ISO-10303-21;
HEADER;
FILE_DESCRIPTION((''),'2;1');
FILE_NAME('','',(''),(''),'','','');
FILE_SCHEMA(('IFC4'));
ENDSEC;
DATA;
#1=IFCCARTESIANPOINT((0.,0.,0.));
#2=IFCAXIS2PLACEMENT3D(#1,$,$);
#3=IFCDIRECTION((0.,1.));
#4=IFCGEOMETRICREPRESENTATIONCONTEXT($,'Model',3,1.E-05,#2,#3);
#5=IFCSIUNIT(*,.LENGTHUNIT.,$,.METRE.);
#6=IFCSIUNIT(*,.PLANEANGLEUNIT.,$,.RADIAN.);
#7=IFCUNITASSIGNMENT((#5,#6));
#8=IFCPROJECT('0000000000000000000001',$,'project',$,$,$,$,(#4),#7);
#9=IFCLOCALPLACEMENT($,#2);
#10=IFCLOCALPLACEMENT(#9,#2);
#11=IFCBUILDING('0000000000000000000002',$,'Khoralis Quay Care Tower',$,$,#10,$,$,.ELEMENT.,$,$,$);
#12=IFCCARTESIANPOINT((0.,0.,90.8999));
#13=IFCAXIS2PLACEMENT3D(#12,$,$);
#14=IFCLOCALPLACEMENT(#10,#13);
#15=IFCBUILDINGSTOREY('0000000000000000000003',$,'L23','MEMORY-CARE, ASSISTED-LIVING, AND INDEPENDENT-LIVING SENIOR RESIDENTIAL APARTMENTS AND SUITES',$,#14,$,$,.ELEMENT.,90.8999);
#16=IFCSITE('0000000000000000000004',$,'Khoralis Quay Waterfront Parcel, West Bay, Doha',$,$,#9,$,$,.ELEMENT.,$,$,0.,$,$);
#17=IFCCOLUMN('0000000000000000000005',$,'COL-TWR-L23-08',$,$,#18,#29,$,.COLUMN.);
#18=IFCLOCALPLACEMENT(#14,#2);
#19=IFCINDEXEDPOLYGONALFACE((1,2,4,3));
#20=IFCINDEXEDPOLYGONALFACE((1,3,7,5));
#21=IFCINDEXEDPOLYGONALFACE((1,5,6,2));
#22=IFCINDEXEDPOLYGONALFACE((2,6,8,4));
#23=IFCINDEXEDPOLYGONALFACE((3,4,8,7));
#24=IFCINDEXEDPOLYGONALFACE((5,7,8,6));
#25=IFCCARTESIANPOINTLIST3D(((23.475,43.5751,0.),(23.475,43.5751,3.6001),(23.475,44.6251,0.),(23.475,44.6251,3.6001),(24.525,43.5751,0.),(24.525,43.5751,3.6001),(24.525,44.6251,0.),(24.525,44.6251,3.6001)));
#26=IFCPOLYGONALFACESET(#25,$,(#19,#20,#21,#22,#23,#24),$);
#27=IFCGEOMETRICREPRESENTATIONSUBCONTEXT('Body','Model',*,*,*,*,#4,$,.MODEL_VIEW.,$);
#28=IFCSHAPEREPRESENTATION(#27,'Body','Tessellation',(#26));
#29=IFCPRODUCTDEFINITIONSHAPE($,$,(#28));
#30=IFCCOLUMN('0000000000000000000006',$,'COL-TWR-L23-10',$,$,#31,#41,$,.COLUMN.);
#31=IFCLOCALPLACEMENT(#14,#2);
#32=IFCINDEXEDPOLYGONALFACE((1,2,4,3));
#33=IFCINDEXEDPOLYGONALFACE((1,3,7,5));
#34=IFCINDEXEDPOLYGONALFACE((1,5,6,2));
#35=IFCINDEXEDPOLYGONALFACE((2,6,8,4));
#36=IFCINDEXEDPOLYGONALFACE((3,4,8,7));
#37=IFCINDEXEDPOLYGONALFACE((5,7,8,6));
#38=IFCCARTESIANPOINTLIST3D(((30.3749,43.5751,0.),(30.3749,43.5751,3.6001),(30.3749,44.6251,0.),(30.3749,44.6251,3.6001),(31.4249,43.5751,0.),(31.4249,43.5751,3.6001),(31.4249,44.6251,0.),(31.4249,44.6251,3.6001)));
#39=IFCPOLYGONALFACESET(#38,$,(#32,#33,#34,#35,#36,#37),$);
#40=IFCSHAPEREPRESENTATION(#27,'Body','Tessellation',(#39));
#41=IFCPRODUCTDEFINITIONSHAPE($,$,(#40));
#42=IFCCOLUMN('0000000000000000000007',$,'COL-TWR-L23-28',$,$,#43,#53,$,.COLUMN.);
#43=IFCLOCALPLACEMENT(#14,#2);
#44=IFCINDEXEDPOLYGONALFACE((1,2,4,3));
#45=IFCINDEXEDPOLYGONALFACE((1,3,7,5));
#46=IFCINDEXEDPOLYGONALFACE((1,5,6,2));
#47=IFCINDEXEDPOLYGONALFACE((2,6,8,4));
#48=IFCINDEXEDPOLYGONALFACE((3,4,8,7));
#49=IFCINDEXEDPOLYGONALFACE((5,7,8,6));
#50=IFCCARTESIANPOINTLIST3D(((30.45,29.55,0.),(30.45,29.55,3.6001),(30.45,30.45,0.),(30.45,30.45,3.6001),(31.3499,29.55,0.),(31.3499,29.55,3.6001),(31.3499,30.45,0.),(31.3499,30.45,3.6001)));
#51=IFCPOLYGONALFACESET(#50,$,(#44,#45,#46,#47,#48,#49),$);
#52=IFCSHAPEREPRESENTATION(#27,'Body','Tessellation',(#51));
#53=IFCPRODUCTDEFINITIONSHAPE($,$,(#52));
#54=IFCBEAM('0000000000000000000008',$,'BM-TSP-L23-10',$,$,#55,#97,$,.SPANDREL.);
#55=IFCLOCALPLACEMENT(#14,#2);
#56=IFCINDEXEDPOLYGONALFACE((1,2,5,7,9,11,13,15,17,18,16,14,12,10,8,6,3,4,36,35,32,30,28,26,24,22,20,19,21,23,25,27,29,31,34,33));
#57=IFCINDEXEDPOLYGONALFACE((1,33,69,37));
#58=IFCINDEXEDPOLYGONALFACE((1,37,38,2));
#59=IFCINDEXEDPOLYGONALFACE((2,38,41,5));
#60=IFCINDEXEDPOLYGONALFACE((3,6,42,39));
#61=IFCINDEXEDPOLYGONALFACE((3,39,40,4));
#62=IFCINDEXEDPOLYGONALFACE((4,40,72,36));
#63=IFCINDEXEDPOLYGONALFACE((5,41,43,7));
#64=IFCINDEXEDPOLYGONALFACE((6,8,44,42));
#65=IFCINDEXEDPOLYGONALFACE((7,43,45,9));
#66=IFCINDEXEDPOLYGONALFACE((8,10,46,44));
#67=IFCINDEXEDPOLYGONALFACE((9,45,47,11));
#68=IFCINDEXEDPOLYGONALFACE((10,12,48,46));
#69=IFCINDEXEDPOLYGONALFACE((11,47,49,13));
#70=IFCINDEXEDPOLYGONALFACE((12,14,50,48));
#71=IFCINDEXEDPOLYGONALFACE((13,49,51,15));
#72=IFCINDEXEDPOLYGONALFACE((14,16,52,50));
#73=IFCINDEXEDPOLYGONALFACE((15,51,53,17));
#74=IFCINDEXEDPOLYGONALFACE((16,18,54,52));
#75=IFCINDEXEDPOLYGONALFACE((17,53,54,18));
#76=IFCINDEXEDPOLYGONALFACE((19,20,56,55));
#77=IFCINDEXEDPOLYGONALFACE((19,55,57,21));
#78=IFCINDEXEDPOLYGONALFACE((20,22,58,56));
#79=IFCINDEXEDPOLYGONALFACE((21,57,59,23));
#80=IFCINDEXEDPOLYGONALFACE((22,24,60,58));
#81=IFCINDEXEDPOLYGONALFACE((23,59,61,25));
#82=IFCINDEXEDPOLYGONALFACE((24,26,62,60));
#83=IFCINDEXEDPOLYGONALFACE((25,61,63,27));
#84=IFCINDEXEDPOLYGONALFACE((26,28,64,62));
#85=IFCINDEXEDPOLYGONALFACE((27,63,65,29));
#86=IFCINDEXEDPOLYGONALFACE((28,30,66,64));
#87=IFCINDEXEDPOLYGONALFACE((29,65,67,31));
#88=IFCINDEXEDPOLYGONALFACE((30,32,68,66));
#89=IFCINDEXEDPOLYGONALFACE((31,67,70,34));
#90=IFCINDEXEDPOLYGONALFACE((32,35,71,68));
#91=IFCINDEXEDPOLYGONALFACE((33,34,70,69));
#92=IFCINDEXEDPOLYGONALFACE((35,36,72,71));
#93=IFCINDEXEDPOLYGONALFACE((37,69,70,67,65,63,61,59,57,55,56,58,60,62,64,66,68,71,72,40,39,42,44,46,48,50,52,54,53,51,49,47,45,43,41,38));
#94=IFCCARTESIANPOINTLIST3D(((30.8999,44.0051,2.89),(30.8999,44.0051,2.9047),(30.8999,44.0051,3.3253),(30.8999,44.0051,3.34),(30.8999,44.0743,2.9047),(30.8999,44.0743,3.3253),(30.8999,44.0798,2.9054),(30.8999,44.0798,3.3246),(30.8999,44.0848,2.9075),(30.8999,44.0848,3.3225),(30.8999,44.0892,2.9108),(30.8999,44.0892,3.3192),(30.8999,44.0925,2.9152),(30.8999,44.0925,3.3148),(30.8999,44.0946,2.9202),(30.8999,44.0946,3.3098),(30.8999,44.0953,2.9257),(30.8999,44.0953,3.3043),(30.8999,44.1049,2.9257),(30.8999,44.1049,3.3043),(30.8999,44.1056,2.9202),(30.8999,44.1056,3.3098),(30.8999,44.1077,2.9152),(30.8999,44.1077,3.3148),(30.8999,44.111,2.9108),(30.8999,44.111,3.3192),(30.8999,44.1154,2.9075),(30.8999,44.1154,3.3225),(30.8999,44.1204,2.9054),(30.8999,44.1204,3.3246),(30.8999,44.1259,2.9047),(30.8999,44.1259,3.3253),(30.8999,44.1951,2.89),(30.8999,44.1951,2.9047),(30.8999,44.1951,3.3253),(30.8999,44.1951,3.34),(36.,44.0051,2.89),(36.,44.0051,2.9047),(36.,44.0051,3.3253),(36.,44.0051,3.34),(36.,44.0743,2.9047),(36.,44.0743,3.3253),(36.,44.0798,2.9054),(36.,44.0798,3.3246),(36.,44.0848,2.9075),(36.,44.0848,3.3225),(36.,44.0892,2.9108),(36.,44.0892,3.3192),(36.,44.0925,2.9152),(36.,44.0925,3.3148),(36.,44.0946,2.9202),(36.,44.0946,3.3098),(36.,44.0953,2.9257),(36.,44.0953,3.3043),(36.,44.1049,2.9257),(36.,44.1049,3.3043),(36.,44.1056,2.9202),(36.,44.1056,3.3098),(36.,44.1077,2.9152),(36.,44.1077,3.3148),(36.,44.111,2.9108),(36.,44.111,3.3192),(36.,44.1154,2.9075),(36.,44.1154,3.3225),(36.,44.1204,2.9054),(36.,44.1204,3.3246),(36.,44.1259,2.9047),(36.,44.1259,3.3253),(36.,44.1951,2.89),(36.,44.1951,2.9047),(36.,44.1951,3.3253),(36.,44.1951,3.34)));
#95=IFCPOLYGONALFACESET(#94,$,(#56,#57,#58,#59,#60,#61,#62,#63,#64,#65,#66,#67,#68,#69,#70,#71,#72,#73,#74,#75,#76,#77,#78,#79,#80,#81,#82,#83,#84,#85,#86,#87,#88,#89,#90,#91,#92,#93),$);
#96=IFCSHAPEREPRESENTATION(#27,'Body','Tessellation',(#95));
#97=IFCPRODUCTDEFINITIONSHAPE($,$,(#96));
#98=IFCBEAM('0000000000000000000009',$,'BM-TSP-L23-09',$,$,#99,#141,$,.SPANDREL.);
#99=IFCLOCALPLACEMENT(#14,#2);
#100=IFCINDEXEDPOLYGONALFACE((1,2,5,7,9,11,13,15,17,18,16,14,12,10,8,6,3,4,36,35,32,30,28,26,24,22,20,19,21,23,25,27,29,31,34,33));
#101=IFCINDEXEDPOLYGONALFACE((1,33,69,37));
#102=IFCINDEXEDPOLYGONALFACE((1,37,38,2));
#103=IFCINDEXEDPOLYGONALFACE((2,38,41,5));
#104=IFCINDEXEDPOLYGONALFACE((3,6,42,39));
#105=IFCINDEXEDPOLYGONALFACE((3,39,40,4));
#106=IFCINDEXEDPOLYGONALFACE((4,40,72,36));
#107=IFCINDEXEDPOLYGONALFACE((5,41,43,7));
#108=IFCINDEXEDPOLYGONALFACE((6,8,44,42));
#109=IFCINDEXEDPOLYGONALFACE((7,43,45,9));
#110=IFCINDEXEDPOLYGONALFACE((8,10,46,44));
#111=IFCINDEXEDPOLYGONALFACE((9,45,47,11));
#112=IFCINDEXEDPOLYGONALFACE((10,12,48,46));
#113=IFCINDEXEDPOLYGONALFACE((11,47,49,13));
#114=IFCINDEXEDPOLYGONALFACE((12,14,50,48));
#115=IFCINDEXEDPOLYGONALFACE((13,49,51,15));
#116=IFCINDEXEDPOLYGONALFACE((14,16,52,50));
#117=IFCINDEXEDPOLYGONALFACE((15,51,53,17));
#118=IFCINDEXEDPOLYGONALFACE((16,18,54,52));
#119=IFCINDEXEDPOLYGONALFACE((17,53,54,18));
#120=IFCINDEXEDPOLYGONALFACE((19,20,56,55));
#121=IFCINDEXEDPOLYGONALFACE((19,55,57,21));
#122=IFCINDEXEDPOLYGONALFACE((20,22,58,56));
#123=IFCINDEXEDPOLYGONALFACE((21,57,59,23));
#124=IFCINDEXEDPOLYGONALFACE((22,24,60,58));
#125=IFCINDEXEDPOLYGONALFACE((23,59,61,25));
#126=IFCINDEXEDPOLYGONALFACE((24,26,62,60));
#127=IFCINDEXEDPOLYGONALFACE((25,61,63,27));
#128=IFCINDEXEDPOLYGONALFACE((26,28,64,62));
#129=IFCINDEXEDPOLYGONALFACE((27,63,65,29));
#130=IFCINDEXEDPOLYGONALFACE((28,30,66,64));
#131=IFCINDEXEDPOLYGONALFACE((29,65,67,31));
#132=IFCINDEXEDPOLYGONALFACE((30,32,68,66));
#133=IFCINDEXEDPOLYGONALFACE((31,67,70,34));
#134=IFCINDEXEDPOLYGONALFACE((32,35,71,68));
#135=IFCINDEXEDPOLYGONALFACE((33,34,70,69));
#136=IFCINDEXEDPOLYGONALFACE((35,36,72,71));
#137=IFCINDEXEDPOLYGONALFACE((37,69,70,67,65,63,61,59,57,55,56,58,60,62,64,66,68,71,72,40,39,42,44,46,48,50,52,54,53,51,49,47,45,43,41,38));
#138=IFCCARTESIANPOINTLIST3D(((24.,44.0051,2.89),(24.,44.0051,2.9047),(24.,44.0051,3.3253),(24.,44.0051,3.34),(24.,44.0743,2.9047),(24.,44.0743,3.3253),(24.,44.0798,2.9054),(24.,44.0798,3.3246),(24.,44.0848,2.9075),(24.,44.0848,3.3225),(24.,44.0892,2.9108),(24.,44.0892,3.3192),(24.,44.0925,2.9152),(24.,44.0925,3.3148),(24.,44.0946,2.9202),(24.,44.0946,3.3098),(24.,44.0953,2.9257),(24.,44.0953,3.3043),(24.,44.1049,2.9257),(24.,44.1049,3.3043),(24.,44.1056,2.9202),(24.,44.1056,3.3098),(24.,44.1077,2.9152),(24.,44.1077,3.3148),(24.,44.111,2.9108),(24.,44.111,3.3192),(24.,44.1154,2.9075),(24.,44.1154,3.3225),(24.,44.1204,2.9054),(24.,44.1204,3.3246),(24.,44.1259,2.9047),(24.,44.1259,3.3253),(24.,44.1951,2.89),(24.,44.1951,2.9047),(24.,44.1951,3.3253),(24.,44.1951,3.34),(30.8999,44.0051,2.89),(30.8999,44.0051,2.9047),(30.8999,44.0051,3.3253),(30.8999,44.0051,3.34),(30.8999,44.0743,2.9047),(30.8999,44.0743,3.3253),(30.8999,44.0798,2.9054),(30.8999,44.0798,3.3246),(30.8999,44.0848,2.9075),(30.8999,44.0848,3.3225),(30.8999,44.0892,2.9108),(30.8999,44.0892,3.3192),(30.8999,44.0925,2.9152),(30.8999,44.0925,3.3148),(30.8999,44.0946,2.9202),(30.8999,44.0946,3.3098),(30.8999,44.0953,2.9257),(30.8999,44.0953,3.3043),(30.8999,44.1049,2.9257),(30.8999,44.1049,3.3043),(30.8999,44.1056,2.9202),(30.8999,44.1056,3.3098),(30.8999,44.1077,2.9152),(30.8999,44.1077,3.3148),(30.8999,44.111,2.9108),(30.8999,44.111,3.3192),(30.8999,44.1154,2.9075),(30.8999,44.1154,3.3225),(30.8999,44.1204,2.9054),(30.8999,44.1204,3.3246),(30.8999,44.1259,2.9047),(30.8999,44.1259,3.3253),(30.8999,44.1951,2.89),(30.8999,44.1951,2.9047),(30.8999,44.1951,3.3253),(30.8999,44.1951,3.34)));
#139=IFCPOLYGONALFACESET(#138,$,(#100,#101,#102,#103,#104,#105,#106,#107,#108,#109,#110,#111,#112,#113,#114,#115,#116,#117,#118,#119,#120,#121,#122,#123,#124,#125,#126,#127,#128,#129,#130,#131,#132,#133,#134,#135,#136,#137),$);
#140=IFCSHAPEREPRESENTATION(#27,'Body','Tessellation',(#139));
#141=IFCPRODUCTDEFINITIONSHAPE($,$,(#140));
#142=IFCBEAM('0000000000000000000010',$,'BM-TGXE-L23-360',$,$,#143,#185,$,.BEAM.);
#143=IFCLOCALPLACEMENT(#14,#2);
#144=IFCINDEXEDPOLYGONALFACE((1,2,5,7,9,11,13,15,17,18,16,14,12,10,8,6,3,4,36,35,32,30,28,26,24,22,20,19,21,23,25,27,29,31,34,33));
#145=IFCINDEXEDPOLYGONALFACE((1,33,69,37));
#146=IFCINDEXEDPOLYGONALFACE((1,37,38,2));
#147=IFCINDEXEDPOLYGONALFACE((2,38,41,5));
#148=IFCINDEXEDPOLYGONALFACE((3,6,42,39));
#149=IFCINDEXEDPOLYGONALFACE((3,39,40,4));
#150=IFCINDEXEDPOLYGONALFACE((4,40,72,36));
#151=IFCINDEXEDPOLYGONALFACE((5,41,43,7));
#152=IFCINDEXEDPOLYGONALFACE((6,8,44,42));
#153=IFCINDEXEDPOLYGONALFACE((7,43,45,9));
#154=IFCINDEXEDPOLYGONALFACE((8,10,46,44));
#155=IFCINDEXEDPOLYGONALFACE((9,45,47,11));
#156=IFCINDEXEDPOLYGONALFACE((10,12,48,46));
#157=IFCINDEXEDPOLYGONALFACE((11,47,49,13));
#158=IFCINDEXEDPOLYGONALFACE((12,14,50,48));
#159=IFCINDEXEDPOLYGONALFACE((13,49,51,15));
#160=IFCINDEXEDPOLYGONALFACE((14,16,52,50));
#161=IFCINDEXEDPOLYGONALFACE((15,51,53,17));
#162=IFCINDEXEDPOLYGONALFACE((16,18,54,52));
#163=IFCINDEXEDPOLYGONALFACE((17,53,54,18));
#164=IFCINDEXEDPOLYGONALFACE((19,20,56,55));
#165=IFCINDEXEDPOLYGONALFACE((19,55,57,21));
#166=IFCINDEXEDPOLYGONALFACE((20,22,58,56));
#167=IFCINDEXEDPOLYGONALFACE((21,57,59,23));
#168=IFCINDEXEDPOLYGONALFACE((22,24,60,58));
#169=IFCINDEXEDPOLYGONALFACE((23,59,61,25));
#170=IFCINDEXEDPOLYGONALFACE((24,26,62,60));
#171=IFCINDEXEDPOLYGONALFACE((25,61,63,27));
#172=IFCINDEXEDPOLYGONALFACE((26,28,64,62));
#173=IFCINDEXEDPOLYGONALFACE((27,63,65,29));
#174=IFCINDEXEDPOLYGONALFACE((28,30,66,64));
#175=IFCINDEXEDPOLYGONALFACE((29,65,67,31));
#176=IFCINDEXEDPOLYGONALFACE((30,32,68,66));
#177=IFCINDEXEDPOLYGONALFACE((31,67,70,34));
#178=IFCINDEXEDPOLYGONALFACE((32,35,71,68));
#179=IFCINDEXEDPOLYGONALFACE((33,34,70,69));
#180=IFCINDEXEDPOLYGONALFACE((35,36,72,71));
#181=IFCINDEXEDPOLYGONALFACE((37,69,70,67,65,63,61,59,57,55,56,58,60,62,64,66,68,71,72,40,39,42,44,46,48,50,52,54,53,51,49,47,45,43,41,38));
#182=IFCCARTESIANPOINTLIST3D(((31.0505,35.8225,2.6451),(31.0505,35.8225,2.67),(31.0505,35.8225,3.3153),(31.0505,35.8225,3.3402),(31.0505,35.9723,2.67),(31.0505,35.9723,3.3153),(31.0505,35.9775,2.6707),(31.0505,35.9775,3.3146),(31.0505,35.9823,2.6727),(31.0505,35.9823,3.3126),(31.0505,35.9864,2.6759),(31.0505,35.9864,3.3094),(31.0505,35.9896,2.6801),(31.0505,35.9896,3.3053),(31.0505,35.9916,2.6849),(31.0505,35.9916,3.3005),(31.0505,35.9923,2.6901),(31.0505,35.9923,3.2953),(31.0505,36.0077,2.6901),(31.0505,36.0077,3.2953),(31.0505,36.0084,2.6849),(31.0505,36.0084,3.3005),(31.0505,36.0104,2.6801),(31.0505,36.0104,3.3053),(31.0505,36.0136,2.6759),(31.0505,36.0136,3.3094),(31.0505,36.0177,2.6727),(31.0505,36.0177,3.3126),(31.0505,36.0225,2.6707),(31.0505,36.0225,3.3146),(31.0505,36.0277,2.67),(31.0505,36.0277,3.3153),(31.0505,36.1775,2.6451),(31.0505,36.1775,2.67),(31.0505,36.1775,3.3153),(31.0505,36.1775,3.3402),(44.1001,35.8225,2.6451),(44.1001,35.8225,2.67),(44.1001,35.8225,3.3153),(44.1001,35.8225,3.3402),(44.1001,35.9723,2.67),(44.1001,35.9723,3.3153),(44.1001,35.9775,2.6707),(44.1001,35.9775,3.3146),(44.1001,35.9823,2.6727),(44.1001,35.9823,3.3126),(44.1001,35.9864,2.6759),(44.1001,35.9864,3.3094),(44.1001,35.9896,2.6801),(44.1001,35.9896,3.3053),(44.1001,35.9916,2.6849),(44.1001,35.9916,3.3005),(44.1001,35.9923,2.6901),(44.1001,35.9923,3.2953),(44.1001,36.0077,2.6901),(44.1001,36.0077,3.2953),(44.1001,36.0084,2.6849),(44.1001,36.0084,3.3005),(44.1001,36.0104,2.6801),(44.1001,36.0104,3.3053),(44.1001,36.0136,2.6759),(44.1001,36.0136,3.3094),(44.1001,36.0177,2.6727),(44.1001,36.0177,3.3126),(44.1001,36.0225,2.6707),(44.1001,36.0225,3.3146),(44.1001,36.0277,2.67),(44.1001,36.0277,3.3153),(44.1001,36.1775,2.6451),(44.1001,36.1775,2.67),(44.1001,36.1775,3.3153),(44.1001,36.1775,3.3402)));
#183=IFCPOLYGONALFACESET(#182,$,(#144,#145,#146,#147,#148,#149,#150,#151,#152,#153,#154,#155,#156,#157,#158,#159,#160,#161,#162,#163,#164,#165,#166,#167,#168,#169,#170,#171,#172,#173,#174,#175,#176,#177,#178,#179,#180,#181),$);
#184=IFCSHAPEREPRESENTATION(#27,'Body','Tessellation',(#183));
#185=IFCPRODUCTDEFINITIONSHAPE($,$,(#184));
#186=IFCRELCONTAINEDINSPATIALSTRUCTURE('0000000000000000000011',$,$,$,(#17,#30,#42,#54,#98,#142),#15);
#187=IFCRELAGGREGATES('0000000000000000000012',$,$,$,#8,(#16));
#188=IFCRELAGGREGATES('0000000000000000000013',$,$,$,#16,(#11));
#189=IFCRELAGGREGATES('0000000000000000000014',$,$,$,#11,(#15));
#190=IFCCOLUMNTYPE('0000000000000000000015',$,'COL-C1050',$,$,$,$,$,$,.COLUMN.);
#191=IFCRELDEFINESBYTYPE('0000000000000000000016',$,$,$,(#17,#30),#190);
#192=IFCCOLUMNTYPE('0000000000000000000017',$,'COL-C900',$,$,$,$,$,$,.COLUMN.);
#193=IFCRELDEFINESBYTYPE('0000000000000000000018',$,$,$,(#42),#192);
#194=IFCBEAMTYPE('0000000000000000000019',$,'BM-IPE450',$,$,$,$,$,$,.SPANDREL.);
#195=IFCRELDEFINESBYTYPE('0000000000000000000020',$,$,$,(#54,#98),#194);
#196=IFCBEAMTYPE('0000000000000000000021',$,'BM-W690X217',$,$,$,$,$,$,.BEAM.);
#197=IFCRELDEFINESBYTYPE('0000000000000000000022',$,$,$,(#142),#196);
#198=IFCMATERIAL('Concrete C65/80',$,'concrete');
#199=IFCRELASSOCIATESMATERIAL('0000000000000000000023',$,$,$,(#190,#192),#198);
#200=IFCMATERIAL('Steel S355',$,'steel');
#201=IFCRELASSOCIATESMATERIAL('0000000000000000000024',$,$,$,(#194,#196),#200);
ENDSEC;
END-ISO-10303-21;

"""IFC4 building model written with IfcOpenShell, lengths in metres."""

from ifc_helpers import new_model, si_unit, direction, frame, origin, origin_2d, place, context, subcontext, project, spatial, rectangle, i_section, extrude, source, transform, mapped, material, material_profile, profile_set, type_object, element, save


model = new_model("IFC4")

# Units and contexts
model_context = context("Model", 3, precision=1e-05, world=origin(), true_north=direction((0.0, 1.0)))
body_context = subcontext(model_context, "Body", "Model", "MODEL_VIEW")
ifc_project = project(units=[si_unit("LENGTHUNIT", "METRE"), si_unit("PLANEANGLEUNIT", "RADIAN")], contexts=[model_context])

# Site, building, storey
site_placement = place(None, origin())
site = spatial("IfcSite", under=ifc_project, at=site_placement, Name="Khoralis Quay Waterfront Parcel, West Bay, Doha", CompositionType="ELEMENT", RefElevation=0.0)
building_placement = place(site_placement, origin())
building = spatial("IfcBuilding", under=site, at=building_placement, Name="Khoralis Quay Care Tower", CompositionType="ELEMENT")
storey_placement = place(building_placement, frame((0.0, 0.0, 90.8999)))
storey = spatial("IfcBuildingStorey", under=building, at=storey_placement, Name="L23", Description="MEMORY-CARE, ASSISTED-LIVING, AND INDEPENDENT-LIVING SENIOR RESIDENTIAL APARTMENTS AND SUITES", CompositionType="ELEMENT", Elevation=90.8999)

# Columns
ifc_material_1 = material(Name="Concrete C65/80", Category="concrete")
ifc_material_profile_1 = material_profile(ifc_material_1, rectangle(XDim=1.05, YDim=1.05, at=origin_2d()), Name="Concrete C65/80")
ifc_profile_set_1 = profile_set([ifc_material_profile_1], Name="Concrete C65/80")
column_type_1 = type_object("IfcColumnType", Name="COL-C1050", PredefinedType="COLUMN", material=ifc_profile_set_1)
shared_shape_1 = source(origin(), body_context, "Body", "SweptSolid", [
    extrude(rectangle(XDim=1.05, YDim=1.05, at=origin_2d()), origin(), (0.0, 0.0, 1.0), 3.6001),
])
for number, where, z_axis, x_axis, name in (
    (1, (24.0, 44.1001, 0.0), (0.0, 0.0, 1.0), (1.0, 0.0, 0.0), "COL-TWR-L23-08"),
    (2, (30.8999, 44.1001, 0.0), (0.0, 0.0, 1.0), (1.0, 0.0, 0.0), "COL-TWR-L23-10"),
):
    element("IfcColumn", number, at=place(storey_placement, frame(where, z_axis=z_axis, x_axis=x_axis)), inside=storey, type_object=column_type_1, Name=name, PredefinedType="COLUMN", context=body_context, shape_type="MappedRepresentation", body=[
        mapped(shared_shape_1, transform((0.0, 0.0, 0.0), scale=1.0)),
    ])
ifc_material_profile_2 = material_profile(ifc_material_1, rectangle(XDim=0.8999, YDim=0.8999, at=origin_2d()), Name="Concrete C65/80")
ifc_profile_set_2 = profile_set([ifc_material_profile_2], Name="Concrete C65/80")
column_type_2 = type_object("IfcColumnType", Name="COL-C900", PredefinedType="COLUMN", material=ifc_profile_set_2)
shared_shape_2 = source(origin(), body_context, "Body", "SweptSolid", [
    extrude(rectangle(XDim=0.8999, YDim=0.8999, at=origin_2d()), origin(), (0.0, 0.0, 1.0), 3.6001),
])
column_placement = place(storey_placement, frame((30.8999, 30.0, 0.0), z_axis=(0.0, 0.0, 1.0), x_axis=(1.0, 0.0, 0.0)))
element("IfcColumn", 3, at=column_placement, inside=storey, type_object=column_type_2, Name="COL-TWR-L23-28", PredefinedType="COLUMN", context=body_context, shape_type="MappedRepresentation", body=[
    mapped(shared_shape_2, transform((0.0, 0.0, 0.0), scale=1.0)),
])

# Beams
ifc_material_2 = material(Name="Steel S355", Category="steel")
ifc_material_profile_3 = material_profile(ifc_material_2, i_section(OverallWidth=0.1899, OverallDepth=0.45, WebThickness=0.0095, FlangeThickness=0.0146, FilletRadius=0.021, at=origin_2d()), Name="Steel S355")
ifc_profile_set_3 = profile_set([ifc_material_profile_3], Name="Steel S355")
beam_type_1 = type_object("IfcBeamType", Name="BM-IPE450", PredefinedType="SPANDREL", material=ifc_profile_set_3)
shared_shape_3 = source(origin(), body_context, "Body", "SweptSolid", [
    extrude(i_section(OverallWidth=0.1899, OverallDepth=0.45, WebThickness=0.0095, FlangeThickness=0.0146, FilletRadius=0.021, at=origin_2d()), origin(), (0.0, 0.0, 1.0), 5.1001),
])
beam_1_placement = place(storey_placement, frame((30.8999, 44.1001, 3.115), z_axis=(1.0, 0.0, 0.0), x_axis=(0.0, 1.0, 0.0)))
element("IfcBeam", 4, at=beam_1_placement, inside=storey, type_object=beam_type_1, Name="BM-TSP-L23-10", PredefinedType="SPANDREL", context=body_context, shape_type="MappedRepresentation", body=[
    mapped(shared_shape_3, transform((0.0, 0.0, 0.0), scale=1.0)),
])
shared_shape_4 = source(origin(), body_context, "Body", "SweptSolid", [
    extrude(i_section(OverallWidth=0.1899, OverallDepth=0.45, WebThickness=0.0095, FlangeThickness=0.0146, FilletRadius=0.021, at=origin_2d()), origin(), (0.0, 0.0, 1.0), 6.8999),
])
beam_2_placement = place(storey_placement, frame((24.0, 44.1001, 3.115), z_axis=(1.0, 0.0, 0.0), x_axis=(0.0, 1.0, 0.0)))
element("IfcBeam", 5, at=beam_2_placement, inside=storey, type_object=beam_type_1, Name="BM-TSP-L23-09", PredefinedType="SPANDREL", context=body_context, shape_type="MappedRepresentation", body=[
    mapped(shared_shape_4, transform((0.0, 0.0, 0.0), scale=1.0)),
])
ifc_material_profile_4 = material_profile(ifc_material_2, i_section(OverallWidth=0.355, OverallDepth=0.6951, WebThickness=0.0154, FlangeThickness=0.0249, FilletRadius=0.02, at=origin_2d()), Name="Steel S355")
ifc_profile_set_4 = profile_set([ifc_material_profile_4], Name="Steel S355")
beam_type_2 = type_object("IfcBeamType", Name="BM-W690X217", PredefinedType="BEAM", material=ifc_profile_set_4)
shared_shape_5 = source(origin(), body_context, "Body", "SweptSolid", [
    extrude(i_section(OverallWidth=0.355, OverallDepth=0.6951, WebThickness=0.0154, FlangeThickness=0.0249, FilletRadius=0.02, at=origin_2d()), origin(), (0.0, 0.0, 1.0), 13.0496),
])
beam_3_placement = place(storey_placement, frame((31.0505, 36.0, 2.9927), z_axis=(1.0, 0.0, 0.0), x_axis=(0.0, 1.0, 0.0)))
element("IfcBeam", 6, at=beam_3_placement, inside=storey, type_object=beam_type_2, Name="BM-TGXE-L23-360", PredefinedType="BEAM", context=body_context, shape_type="MappedRepresentation", body=[
    mapped(shared_shape_5, transform((0.0, 0.0, 0.0), scale=1.0)),
])

save(model, "model.ifc")
